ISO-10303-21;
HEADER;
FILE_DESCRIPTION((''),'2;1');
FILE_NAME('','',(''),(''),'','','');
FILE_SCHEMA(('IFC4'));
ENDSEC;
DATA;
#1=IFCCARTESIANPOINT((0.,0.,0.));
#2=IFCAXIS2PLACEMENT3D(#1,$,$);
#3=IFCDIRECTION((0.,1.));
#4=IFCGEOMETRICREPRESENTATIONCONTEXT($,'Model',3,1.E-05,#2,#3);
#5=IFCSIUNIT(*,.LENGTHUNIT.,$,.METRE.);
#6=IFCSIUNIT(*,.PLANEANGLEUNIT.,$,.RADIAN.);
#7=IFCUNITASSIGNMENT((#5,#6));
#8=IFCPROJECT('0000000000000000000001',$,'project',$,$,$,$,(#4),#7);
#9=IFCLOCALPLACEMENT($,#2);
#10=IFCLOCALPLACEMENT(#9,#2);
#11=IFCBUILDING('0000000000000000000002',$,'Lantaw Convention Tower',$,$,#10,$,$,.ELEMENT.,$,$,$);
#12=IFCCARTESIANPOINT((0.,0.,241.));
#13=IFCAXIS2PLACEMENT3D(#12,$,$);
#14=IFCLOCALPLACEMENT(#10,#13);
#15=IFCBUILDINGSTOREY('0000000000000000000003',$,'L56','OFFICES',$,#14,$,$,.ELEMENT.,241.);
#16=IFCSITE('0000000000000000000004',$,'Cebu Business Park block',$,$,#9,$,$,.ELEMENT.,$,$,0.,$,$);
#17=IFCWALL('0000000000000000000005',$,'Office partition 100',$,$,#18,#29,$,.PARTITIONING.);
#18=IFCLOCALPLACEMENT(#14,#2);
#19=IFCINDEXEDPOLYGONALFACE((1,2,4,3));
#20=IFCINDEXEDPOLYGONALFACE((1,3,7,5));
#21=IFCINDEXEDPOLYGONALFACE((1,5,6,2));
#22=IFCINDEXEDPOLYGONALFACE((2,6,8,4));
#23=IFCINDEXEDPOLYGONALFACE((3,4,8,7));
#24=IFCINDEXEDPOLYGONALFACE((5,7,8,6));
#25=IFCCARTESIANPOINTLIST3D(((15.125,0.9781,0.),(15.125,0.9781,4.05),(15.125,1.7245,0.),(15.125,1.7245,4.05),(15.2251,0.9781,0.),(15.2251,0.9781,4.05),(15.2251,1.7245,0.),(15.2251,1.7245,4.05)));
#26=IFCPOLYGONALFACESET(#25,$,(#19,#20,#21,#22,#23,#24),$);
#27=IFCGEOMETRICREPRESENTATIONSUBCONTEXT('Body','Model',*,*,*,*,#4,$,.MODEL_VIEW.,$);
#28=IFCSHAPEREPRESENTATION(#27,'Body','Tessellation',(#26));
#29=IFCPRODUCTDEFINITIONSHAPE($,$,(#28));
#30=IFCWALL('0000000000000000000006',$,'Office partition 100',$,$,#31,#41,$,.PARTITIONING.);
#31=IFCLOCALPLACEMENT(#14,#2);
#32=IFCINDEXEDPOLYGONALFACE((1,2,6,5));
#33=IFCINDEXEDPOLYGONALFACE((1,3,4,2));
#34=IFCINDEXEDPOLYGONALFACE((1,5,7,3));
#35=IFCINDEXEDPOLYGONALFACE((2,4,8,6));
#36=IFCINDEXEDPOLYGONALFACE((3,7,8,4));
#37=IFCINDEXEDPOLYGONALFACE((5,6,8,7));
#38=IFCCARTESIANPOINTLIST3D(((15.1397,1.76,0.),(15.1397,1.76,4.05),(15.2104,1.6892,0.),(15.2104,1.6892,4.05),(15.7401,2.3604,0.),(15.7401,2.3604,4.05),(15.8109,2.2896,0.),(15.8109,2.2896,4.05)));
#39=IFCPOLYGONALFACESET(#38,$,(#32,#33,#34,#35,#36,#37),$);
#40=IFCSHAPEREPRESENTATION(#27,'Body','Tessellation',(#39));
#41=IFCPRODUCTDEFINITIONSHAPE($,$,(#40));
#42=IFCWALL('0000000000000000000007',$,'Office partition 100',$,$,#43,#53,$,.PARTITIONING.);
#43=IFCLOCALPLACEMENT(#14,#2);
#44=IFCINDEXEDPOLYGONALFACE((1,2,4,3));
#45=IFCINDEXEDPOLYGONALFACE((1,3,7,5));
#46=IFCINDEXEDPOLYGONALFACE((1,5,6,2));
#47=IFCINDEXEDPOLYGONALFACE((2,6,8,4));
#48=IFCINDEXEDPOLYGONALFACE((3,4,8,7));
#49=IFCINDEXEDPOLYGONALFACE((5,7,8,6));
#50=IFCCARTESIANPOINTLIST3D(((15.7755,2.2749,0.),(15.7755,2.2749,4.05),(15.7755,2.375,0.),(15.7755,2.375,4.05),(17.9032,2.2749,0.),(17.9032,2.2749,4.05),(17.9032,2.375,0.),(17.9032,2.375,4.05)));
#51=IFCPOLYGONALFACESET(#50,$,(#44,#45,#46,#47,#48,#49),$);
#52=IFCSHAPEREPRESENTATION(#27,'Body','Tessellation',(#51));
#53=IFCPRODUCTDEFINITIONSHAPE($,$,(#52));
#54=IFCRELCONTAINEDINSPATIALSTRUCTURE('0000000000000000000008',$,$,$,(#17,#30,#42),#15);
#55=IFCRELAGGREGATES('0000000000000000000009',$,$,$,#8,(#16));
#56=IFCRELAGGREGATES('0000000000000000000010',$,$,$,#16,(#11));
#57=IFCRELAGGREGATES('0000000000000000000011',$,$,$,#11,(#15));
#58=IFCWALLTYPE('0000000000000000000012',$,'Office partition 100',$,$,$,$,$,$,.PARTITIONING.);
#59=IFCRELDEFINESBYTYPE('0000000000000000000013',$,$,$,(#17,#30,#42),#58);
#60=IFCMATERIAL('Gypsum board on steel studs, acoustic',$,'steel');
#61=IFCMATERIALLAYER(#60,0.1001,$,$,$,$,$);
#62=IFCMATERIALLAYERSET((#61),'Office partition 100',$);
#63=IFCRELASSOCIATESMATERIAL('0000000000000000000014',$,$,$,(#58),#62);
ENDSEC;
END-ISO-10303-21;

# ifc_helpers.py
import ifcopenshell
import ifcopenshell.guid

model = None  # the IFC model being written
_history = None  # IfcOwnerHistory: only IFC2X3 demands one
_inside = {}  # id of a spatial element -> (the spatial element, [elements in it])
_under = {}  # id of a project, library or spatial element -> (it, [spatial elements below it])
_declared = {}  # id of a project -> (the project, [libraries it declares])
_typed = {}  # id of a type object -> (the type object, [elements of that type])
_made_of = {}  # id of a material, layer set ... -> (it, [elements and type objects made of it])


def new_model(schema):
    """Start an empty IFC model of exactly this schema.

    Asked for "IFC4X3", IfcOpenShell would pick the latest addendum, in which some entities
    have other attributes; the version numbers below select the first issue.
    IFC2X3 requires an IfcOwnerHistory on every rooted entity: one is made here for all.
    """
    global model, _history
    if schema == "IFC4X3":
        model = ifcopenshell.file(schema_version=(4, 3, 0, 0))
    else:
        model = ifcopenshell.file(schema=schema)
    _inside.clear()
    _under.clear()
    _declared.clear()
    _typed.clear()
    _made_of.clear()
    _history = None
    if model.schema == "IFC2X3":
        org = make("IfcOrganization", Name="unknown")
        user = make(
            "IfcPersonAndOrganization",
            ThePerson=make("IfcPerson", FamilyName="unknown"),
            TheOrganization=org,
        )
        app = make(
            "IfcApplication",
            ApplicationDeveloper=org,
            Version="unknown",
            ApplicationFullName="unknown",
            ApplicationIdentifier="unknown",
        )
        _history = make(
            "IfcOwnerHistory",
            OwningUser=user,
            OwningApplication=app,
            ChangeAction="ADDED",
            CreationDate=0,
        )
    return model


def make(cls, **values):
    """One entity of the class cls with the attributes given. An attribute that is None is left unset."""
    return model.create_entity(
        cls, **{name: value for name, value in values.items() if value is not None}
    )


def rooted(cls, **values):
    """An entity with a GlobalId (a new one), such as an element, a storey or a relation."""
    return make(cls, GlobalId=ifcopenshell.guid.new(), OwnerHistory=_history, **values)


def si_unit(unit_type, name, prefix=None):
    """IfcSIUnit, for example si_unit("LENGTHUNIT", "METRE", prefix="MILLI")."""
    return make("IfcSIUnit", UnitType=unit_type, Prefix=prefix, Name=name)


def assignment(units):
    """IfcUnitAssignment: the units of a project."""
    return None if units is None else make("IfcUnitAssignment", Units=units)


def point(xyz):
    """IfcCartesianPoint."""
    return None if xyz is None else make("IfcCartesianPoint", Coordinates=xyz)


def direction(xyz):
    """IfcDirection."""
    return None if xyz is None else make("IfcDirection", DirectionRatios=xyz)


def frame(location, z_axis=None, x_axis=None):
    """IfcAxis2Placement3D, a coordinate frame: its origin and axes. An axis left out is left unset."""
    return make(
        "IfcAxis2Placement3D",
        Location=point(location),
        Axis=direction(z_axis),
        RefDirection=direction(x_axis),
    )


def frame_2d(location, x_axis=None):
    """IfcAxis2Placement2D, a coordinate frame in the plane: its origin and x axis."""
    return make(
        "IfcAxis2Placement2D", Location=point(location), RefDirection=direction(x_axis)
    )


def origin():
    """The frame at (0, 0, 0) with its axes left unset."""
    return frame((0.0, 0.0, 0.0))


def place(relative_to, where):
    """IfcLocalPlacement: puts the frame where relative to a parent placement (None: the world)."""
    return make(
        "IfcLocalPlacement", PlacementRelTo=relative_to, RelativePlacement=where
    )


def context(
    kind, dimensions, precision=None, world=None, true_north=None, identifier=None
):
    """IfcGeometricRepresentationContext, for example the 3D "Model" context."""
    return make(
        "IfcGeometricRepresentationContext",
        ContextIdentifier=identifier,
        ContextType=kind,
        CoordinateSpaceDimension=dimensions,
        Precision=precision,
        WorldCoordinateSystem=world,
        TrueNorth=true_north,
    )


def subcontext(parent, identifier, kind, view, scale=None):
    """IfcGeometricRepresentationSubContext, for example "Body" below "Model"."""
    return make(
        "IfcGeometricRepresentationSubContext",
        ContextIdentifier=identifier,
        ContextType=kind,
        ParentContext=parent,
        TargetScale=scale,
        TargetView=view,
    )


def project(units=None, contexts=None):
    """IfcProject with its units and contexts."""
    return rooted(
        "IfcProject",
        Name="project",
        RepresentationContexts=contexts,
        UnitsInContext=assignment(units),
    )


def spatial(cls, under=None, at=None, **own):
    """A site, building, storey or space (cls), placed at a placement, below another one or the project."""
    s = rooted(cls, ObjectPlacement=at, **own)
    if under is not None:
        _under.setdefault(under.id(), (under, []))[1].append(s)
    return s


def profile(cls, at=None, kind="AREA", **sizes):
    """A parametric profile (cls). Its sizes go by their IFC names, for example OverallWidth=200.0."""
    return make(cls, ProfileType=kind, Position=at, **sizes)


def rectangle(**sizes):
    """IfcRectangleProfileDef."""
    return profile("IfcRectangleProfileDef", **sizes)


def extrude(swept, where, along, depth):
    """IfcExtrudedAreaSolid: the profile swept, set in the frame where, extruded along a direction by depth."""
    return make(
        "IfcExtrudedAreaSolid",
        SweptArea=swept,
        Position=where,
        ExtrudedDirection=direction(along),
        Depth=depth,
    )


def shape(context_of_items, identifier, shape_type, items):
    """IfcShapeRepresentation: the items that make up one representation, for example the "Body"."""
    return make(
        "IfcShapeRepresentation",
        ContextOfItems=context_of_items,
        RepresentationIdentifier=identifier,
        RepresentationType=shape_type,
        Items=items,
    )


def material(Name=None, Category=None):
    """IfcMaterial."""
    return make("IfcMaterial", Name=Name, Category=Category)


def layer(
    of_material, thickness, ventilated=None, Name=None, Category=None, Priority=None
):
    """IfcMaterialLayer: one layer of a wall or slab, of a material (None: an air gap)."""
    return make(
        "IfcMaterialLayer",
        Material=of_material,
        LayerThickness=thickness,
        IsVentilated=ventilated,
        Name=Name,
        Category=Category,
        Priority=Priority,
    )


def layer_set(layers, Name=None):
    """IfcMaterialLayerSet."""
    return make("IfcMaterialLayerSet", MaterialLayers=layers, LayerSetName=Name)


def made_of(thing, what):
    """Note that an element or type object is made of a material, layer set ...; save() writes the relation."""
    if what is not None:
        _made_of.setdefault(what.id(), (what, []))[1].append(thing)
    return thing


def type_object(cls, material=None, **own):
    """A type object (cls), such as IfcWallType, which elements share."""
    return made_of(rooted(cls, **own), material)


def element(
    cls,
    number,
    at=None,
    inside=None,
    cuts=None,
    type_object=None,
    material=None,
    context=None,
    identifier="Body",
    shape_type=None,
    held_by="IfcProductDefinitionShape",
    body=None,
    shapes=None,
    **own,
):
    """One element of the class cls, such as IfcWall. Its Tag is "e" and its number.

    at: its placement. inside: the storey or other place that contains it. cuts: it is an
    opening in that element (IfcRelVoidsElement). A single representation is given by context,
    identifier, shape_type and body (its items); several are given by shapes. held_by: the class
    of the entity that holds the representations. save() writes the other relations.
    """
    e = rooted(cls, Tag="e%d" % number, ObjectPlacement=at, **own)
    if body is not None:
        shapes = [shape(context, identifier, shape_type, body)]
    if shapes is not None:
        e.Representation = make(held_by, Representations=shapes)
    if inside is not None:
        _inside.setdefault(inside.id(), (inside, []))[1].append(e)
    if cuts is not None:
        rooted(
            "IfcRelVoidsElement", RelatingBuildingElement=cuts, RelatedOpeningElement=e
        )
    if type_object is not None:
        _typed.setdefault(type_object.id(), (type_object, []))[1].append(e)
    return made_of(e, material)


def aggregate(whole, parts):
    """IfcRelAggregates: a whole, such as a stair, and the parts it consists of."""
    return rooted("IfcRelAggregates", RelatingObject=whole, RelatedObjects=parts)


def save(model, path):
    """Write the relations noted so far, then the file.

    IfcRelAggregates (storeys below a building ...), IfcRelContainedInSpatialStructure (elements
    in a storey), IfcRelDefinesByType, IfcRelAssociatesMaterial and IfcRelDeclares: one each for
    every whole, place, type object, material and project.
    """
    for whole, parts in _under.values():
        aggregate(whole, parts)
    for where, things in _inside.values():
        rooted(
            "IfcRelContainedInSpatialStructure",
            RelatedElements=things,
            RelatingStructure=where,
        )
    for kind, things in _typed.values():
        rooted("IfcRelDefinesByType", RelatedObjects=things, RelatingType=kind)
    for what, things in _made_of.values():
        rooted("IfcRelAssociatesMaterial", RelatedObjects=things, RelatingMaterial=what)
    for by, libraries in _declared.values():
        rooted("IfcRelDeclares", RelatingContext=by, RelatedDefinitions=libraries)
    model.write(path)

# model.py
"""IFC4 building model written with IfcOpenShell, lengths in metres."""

from ifc_helpers import new_model, si_unit, direction, frame, frame_2d, origin, place, context, subcontext, project, spatial, rectangle, extrude, material, layer, layer_set, type_object, element, save


model = new_model("IFC4")

# Units and contexts
model_context = context("Model", 3, precision=1e-05, world=origin(), true_north=direction((0.0, 1.0)))
body_context = subcontext(model_context, "Body", "Model", "MODEL_VIEW")
ifc_project = project(units=[si_unit("LENGTHUNIT", "METRE"), si_unit("PLANEANGLEUNIT", "RADIAN")], contexts=[model_context])

# Site, building, storey
site_placement = place(None, origin())
site = spatial("IfcSite", under=ifc_project, at=site_placement, Name="Cebu Business Park block", CompositionType="ELEMENT", RefElevation=0.0)
building_placement = place(site_placement, origin())
building = spatial("IfcBuilding", under=site, at=building_placement, Name="Lantaw Convention Tower", CompositionType="ELEMENT")
storey_placement = place(building_placement, frame((0.0, 0.0, 241.0)))
storey = spatial("IfcBuildingStorey", under=building, at=storey_placement, Name="L56", Description="OFFICES", CompositionType="ELEMENT", Elevation=241.0)

# Shared definitions
ifc_material_1 = material(Name="Gypsum board on steel studs, acoustic", Category="steel")
ifc_layer_1 = layer(ifc_material_1, 0.1001)
ifc_layer_set_1 = layer_set([ifc_layer_1], Name="Office partition 100")
wall_type_1 = type_object("IfcWallType", Name="Office partition 100", PredefinedType="PARTITIONING", material=ifc_layer_set_1)

# Walls
wall_1_placement = place(storey_placement, frame((15.175, 0.9783, 0.0), z_axis=(0.0, 0.0, 1.0), x_axis=(0.0, 1.0, 0.0)))
element("IfcWall", 1, at=wall_1_placement, inside=storey, type_object=wall_type_1, Name="Office partition 100", PredefinedType="PARTITIONING", context=body_context, shape_type="SweptSolid", body=[
    extrude(rectangle(XDim=0.7463, YDim=0.1001, at=frame_2d((0.373, 0.0))), origin(), (0.0, 0.0, 1.0), 4.05),
])
wall_2_placement = place(storey_placement, frame((15.175, 1.7246, 0.0), z_axis=(0.0, 0.0, 1.0), x_axis=(0.707107, 0.707107, 0.0)))
element("IfcWall", 2, at=wall_2_placement, inside=storey, type_object=wall_type_1, Name="Office partition 100", PredefinedType="PARTITIONING", context=body_context, shape_type="SweptSolid", body=[
    extrude(rectangle(XDim=0.8491, YDim=0.1001, at=frame_2d((0.4246, 0.0))), origin(), (0.0, 0.0, 1.0), 4.05),
])
wall_3_placement = place(storey_placement, frame((15.7754, 2.325, 0.0), z_axis=(0.0, 0.0, 1.0), x_axis=(1.0, 0.0, 0.0)))
element("IfcWall", 3, at=wall_3_placement, inside=storey, type_object=wall_type_1, Name="Office partition 100", PredefinedType="PARTITIONING", context=body_context, shape_type="SweptSolid", body=[
    extrude(rectangle(XDim=2.1277, YDim=0.1001, at=frame_2d((1.064, 0.0))), origin(), (0.0, 0.0, 1.0), 4.05),
])

save(model, "model.ifc")
